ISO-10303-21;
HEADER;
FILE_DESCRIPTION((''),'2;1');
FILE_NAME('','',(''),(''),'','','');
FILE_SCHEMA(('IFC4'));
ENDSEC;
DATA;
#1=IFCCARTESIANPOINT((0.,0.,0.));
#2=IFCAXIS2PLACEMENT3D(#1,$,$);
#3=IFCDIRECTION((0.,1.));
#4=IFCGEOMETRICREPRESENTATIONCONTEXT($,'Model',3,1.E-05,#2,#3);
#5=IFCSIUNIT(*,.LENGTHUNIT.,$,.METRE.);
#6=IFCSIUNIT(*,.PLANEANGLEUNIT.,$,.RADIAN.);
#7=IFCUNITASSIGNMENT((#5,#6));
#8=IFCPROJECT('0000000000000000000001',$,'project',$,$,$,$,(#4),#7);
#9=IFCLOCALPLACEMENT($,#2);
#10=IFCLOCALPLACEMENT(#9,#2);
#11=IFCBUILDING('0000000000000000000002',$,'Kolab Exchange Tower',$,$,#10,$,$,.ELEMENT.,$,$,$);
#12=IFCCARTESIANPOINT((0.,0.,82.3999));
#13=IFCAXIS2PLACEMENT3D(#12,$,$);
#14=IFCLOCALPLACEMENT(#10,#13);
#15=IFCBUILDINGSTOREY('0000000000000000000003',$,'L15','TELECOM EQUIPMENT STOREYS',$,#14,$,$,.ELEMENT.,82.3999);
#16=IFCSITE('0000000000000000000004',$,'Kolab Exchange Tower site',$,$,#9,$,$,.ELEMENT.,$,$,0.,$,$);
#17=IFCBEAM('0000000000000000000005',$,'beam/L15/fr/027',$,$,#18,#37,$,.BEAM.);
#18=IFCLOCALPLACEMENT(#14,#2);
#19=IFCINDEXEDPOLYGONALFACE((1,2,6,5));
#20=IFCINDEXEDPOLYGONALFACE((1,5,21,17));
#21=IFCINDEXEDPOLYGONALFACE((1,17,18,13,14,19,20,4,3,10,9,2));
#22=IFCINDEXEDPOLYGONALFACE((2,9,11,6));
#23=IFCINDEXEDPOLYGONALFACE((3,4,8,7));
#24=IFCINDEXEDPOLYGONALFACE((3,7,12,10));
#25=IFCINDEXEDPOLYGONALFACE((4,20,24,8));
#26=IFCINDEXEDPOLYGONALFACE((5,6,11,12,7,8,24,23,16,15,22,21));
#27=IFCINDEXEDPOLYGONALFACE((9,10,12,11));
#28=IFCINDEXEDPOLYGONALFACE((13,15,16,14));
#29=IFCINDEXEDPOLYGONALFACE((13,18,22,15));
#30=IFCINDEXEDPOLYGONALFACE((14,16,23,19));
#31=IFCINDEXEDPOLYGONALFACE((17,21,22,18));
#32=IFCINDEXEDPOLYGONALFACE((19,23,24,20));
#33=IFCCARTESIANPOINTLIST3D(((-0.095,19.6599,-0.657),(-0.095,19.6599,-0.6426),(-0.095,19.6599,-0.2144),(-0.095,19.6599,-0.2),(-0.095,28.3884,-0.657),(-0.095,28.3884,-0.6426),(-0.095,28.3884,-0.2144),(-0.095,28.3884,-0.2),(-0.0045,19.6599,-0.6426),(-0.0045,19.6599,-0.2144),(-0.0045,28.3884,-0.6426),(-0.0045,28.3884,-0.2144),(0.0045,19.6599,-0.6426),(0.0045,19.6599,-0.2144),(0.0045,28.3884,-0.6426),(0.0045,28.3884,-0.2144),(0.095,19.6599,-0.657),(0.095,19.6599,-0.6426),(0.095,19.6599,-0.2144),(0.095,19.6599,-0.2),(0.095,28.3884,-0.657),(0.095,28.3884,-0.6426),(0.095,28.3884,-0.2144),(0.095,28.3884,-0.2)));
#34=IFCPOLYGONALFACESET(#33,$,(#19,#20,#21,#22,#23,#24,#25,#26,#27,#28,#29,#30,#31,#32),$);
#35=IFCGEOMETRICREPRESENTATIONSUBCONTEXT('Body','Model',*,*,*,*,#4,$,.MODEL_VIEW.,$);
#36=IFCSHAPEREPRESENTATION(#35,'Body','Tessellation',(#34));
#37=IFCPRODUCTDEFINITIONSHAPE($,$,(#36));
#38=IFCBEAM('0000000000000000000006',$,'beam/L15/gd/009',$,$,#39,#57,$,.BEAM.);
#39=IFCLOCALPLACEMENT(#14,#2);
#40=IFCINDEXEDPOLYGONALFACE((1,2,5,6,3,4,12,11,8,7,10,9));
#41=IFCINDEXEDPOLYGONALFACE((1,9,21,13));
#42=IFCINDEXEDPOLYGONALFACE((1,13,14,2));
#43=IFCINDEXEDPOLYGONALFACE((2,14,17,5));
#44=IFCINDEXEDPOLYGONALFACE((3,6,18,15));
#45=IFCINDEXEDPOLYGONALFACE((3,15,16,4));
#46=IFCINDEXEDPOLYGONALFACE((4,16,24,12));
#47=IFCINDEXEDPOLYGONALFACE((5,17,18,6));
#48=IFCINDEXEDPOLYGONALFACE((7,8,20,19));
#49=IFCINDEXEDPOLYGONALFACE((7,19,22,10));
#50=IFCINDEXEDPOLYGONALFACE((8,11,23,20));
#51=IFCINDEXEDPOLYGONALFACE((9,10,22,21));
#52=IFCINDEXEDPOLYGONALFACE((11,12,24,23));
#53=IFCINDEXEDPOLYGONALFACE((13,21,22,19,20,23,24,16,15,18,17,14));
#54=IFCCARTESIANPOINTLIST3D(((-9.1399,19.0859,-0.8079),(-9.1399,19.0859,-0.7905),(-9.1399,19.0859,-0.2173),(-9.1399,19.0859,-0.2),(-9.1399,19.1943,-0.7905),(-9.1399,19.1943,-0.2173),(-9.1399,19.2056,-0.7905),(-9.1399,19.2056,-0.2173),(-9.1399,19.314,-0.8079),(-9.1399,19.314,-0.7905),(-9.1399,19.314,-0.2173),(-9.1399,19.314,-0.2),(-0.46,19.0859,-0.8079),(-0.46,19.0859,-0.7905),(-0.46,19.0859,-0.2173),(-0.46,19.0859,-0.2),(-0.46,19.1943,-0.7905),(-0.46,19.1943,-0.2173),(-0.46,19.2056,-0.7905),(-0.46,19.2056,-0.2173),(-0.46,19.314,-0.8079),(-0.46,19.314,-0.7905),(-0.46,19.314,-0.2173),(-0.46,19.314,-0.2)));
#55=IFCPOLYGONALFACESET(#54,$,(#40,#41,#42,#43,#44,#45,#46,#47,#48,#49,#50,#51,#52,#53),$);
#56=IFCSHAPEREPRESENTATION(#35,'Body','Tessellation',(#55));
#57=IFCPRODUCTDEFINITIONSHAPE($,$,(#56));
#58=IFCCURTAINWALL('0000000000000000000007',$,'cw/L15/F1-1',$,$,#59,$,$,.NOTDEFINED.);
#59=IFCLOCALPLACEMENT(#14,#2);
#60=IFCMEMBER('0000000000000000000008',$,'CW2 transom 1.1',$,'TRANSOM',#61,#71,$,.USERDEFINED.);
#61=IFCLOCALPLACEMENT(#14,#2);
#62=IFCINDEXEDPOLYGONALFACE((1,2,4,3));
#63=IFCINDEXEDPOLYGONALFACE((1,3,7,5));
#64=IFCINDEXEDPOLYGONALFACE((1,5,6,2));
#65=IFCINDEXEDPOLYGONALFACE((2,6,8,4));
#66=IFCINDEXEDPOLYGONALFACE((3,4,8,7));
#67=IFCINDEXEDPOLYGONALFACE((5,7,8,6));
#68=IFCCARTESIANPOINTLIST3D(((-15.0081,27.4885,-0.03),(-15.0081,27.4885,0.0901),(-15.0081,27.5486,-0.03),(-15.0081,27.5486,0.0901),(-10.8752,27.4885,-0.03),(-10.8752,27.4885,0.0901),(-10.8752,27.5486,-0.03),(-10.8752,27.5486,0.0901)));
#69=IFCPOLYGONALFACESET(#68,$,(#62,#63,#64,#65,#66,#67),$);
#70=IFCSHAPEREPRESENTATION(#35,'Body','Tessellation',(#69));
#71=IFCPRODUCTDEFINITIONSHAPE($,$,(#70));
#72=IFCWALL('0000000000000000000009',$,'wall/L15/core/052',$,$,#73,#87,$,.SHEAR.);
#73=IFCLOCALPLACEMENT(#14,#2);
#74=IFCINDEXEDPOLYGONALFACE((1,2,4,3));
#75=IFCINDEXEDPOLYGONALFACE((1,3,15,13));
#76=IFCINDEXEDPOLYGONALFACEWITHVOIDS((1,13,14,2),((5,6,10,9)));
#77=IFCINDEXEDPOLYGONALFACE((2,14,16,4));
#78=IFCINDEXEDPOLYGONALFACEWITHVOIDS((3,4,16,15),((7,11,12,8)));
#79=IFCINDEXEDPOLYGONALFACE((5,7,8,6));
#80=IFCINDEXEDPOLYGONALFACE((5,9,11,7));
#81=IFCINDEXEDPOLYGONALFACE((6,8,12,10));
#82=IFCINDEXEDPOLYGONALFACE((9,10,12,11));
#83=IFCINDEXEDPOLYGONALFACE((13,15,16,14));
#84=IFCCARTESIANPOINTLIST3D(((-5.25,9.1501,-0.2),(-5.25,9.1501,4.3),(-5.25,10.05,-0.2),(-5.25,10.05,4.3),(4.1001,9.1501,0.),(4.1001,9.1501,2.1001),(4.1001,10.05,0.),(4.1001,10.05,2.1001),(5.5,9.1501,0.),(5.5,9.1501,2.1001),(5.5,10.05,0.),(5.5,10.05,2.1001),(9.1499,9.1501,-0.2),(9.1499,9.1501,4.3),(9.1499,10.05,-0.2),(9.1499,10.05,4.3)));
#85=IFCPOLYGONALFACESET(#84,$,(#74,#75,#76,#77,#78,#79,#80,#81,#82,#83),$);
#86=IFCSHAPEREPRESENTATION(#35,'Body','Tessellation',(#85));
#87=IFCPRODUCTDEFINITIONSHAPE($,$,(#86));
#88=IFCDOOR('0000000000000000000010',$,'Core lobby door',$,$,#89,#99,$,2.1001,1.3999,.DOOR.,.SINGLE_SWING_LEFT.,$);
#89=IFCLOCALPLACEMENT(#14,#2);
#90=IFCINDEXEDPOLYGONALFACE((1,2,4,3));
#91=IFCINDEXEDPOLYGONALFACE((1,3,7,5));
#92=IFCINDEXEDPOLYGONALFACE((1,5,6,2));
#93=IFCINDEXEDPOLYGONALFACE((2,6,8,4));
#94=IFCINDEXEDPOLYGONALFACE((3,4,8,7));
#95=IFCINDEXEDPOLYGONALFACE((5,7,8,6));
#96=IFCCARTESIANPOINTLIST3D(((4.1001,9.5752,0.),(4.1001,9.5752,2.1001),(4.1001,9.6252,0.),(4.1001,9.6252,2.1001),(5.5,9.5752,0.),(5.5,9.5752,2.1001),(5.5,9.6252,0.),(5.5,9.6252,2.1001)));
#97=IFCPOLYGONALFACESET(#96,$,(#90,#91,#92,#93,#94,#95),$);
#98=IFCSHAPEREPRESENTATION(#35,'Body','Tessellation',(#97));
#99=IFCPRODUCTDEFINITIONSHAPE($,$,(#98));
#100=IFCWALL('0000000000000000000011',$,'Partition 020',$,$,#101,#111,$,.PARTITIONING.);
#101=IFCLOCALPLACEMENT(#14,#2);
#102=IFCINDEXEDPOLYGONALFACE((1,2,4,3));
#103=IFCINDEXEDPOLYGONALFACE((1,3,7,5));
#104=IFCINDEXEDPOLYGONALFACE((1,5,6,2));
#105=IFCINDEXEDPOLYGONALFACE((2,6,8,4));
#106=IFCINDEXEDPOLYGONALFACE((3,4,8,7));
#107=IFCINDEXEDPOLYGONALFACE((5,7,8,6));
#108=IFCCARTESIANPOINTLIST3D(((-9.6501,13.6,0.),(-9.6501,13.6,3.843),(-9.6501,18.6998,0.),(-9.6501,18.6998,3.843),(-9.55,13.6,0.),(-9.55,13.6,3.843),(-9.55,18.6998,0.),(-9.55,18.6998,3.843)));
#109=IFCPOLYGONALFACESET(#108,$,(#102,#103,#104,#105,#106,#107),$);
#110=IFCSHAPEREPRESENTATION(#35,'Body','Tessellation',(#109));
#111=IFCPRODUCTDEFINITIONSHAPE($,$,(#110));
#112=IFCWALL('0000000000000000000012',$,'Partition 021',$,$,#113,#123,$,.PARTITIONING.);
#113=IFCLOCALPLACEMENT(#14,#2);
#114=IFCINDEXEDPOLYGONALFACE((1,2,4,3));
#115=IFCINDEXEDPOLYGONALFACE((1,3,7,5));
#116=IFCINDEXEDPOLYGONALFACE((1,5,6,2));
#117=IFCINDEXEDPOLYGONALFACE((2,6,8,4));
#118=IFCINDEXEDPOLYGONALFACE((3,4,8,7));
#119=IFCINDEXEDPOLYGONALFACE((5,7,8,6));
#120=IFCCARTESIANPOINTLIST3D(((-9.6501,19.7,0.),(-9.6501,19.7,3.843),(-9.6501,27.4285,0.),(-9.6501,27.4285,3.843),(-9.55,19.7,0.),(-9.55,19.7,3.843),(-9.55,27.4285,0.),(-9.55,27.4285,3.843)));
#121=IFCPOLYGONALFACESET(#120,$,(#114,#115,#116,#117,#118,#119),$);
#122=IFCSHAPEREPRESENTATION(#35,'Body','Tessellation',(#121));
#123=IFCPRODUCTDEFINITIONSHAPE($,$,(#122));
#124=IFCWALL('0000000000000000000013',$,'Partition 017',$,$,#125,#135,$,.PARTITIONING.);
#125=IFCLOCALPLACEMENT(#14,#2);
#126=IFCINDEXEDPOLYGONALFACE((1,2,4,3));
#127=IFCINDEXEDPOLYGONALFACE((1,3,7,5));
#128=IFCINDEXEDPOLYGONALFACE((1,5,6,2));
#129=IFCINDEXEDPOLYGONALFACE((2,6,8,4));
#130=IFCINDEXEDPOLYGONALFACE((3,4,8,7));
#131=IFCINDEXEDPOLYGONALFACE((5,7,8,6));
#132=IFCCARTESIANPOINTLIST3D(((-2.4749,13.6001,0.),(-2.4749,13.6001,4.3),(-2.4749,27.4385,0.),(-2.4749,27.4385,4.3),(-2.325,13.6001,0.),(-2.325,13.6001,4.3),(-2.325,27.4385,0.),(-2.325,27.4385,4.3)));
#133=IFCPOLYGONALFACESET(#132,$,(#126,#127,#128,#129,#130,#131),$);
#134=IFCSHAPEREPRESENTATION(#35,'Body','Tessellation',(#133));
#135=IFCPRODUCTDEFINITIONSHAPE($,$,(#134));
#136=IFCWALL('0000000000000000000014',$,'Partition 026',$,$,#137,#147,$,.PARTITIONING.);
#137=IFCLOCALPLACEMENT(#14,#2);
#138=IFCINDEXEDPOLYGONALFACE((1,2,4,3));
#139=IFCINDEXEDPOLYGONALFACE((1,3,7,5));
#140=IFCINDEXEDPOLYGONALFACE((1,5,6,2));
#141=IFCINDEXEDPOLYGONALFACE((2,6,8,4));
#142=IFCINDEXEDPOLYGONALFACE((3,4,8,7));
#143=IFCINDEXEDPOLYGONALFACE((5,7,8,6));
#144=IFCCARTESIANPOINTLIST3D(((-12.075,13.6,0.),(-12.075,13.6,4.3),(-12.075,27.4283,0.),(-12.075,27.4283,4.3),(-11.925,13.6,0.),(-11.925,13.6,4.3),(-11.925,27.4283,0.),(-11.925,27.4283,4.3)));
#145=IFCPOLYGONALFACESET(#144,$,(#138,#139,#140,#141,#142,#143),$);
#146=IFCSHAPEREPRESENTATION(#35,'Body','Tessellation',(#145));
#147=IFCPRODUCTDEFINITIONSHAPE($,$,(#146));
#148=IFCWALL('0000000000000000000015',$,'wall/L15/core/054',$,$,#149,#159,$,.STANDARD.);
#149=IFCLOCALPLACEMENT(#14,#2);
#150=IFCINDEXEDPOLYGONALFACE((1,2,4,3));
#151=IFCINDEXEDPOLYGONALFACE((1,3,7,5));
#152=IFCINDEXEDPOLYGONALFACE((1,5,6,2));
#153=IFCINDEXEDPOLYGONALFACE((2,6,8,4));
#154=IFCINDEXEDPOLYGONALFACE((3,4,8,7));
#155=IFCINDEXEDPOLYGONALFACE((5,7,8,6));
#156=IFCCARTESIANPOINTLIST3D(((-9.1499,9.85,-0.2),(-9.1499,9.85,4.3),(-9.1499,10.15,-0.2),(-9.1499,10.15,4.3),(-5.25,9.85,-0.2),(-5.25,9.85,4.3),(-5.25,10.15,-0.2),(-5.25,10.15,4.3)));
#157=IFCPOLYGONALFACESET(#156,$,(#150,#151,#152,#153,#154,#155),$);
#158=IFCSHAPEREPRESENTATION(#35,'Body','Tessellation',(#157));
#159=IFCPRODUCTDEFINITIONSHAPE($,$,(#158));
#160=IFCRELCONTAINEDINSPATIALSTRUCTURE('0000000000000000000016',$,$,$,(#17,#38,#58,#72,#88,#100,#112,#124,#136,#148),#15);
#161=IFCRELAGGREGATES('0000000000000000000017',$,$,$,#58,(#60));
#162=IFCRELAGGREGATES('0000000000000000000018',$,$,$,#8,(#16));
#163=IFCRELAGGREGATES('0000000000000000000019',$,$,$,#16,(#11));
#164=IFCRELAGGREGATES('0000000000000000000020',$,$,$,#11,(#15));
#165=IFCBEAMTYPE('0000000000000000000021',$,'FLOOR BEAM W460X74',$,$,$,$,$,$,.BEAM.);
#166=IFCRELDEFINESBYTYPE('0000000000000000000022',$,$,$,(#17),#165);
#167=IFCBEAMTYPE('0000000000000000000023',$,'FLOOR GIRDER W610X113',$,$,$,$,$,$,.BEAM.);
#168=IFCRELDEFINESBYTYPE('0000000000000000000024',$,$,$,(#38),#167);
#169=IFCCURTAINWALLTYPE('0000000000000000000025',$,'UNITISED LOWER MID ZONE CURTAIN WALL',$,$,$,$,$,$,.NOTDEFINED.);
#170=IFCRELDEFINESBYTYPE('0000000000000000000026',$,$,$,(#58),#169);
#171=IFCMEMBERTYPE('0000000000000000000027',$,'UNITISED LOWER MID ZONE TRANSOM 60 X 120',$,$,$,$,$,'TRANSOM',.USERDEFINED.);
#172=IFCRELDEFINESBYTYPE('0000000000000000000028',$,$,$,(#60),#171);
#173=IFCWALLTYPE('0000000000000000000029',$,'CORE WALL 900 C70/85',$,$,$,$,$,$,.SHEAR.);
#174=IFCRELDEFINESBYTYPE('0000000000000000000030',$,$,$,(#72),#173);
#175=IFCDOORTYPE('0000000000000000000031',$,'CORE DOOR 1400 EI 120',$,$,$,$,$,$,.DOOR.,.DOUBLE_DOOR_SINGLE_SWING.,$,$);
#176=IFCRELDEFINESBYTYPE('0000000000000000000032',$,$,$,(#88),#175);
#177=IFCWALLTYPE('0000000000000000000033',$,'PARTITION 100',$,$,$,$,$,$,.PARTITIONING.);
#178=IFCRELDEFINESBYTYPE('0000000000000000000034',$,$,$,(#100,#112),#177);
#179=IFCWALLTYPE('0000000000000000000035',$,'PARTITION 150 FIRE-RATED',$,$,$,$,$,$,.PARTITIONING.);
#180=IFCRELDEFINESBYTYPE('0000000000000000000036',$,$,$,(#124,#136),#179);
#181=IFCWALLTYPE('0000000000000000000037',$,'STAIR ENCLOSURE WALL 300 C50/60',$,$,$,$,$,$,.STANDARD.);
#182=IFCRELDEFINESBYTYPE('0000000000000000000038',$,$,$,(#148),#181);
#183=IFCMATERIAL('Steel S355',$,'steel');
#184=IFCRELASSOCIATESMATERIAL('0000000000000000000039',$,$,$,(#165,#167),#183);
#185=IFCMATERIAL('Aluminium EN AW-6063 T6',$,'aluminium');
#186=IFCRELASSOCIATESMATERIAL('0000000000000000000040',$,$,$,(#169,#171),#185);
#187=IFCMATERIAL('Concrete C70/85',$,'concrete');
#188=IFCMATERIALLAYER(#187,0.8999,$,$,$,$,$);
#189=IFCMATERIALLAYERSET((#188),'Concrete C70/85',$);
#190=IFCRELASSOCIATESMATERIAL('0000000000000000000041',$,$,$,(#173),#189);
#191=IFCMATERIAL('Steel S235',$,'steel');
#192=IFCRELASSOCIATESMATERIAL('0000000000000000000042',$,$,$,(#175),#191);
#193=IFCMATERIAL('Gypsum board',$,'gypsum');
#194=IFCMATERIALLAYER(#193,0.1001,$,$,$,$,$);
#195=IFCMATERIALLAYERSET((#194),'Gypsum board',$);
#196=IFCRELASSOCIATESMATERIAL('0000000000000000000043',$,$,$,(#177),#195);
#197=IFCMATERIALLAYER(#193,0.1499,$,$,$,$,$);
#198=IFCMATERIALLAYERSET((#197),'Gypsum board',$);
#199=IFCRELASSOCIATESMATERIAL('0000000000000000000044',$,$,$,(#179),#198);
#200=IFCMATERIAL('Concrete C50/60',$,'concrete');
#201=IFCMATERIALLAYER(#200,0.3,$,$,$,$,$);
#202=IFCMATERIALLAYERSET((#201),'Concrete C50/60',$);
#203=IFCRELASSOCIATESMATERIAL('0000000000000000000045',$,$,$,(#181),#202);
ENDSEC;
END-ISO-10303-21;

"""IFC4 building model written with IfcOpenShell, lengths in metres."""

from ifc_helpers import new_model, si_unit, direction, frame, frame_2d, origin, origin_2d, place, context, subcontext, project, spatial, rectangle, i_section, extrude, material, layer, layer_set, material_profile, profile_set, type_object, element, fill, aggregate, save


model = new_model("IFC4")

# Units and contexts
model_context = context("Model", 3, precision=1e-05, world=origin(), true_north=direction((0.0, 1.0)))
body_context = subcontext(model_context, "Body", "Model", "MODEL_VIEW")
ifc_project = project(units=[si_unit("LENGTHUNIT", "METRE"), si_unit("PLANEANGLEUNIT", "RADIAN")], contexts=[model_context])

# Site, building, storey
site_placement = place(None, origin())
site = spatial("IfcSite", under=ifc_project, at=site_placement, Name="Kolab Exchange Tower site", CompositionType="ELEMENT", RefElevation=0.0)
building_placement = place(site_placement, origin())
building = spatial("IfcBuilding", under=site, at=building_placement, Name="Kolab Exchange Tower", CompositionType="ELEMENT")
storey_placement = place(building_placement, frame((0.0, 0.0, 82.3999)))
storey = spatial("IfcBuildingStorey", under=building, at=storey_placement, Name="L15", Description="TELECOM EQUIPMENT STOREYS", CompositionType="ELEMENT", Elevation=82.3999)

# Shared definitions
ifc_material_1 = material(Name="Concrete C70/85", Category="concrete")

# Beams
ifc_material_2 = material(Name="Steel S355", Category="steel")
ifc_material_profile_1 = material_profile(ifc_material_2, i_section(OverallWidth=0.1899, OverallDepth=0.457, WebThickness=0.009, FlangeThickness=0.0144, at=origin_2d()), Name="W460X74")
ifc_profile_set_1 = profile_set([ifc_material_profile_1], Name="Steel S355")
beam_type_1 = type_object("IfcBeamType", Name="FLOOR BEAM W460X74", PredefinedType="BEAM", material=ifc_profile_set_1)
beam_1_placement = place(storey_placement, frame((0.0, 19.6599, -0.4285), z_axis=(0.0, 1.0, 0.0), x_axis=(-1.0, 0.0, 0.0)))
element("IfcBeam", 1, at=beam_1_placement, inside=storey, type_object=beam_type_1, Name="beam/L15/fr/027", PredefinedType="BEAM", context=body_context, shape_type="SweptSolid", body=[
    extrude(i_section(OverallWidth=0.1899, OverallDepth=0.457, WebThickness=0.009, FlangeThickness=0.0144, at=origin_2d()), origin(), (0.0, 0.0, 1.0), 8.7285),
])
ifc_material_profile_2 = material_profile(ifc_material_2, i_section(OverallWidth=0.228, OverallDepth=0.6079, WebThickness=0.0112, FlangeThickness=0.0173, at=origin_2d()), Name="W610X113")
ifc_profile_set_2 = profile_set([ifc_material_profile_2], Name="Steel S355")
beam_type_2 = type_object("IfcBeamType", Name="FLOOR GIRDER W610X113", PredefinedType="BEAM", material=ifc_profile_set_2)
beam_2_placement = place(storey_placement, frame((-9.1399, 19.2, -0.5039), z_axis=(1.0, 0.0, 0.0), x_axis=(0.0, 1.0, 0.0)))
element("IfcBeam", 2, at=beam_2_placement, inside=storey, type_object=beam_type_2, Name="beam/L15/gd/009", PredefinedType="BEAM", context=body_context, shape_type="SweptSolid", body=[
    extrude(i_section(OverallWidth=0.228, OverallDepth=0.6079, WebThickness=0.0112, FlangeThickness=0.0173, at=origin_2d()), origin(), (0.0, 0.0, 1.0), 8.6799),
])

# Curtain wall, member
ifc_material_3 = material(Name="Aluminium EN AW-6063 T6", Category="aluminium")
curtain_wall_type = type_object("IfcCurtainWallType", Name="UNITISED LOWER MID ZONE CURTAIN WALL", PredefinedType="NOTDEFINED", material=ifc_material_3)
curtain_wall_placement = place(storey_placement, origin())
curtain_wall = element("IfcCurtainWall", 3, at=curtain_wall_placement, inside=storey, type_object=curtain_wall_type, Name="cw/L15/F1-1", PredefinedType="NOTDEFINED")
ifc_material_profile_3 = material_profile(ifc_material_3, rectangle(XDim=0.0601, YDim=0.1201, at=origin_2d()), Name="RECT 60X120")
ifc_profile_set_3 = profile_set([ifc_material_profile_3], Name="Aluminium EN AW-6063 T6")
member_type = type_object("IfcMemberType", Name="UNITISED LOWER MID ZONE TRANSOM 60 X 120", ElementType="TRANSOM", PredefinedType="USERDEFINED", material=ifc_profile_set_3)
member_placement = place(storey_placement, frame((-15.0081, 27.5186, 0.03), z_axis=(1.0, 0.0, 0.0), x_axis=(0.0, 1.0, 0.0)))
member = element("IfcMember", 4, at=member_placement, type_object=member_type, Name="CW2 transom 1.1", ObjectType="TRANSOM", PredefinedType="USERDEFINED", context=body_context, shape_type="SweptSolid", body=[
    extrude(rectangle(XDim=0.0601, YDim=0.1201, at=origin_2d()), origin(), (0.0, 0.0, 1.0), 4.1328),
])
aggregate(curtain_wall, [member])

# Wall, opening, door
ifc_layer_1 = layer(ifc_material_1, 0.8999)
ifc_layer_set_1 = layer_set([ifc_layer_1], Name="Concrete C70/85")
wall_type_1 = type_object("IfcWallType", Name="CORE WALL 900 C70/85", PredefinedType="SHEAR", material=ifc_layer_set_1)
wall_1_placement = place(storey_placement, frame((-5.25, 9.6001, -0.2), z_axis=(0.0, 0.0, 1.0), x_axis=(1.0, 0.0, 0.0)))
wall_1 = element("IfcWall", 5, at=wall_1_placement, inside=storey, type_object=wall_type_1, Name="wall/L15/core/052", PredefinedType="SHEAR", context=body_context, shape_type="SweptSolid", body=[
    extrude(rectangle(XDim=14.3999, YDim=0.8999, at=frame_2d((7.2, 0.0))), origin(), (0.0, 0.0, 1.0), 4.5),
])
opening_placement = place(wall_1_placement, frame((9.3501, 0.0, 0.2)))
opening = element("IfcOpeningElement", 6, at=opening_placement, cuts=wall_1, PredefinedType="OPENING", context=body_context, shape_type="SweptSolid", body=[
    extrude(rectangle(XDim=1.3999, YDim=2.1001, at=frame_2d((0.7, 1.05))), frame((0.0, 0.46, 0.0), z_axis=(0.0, -1.0, 0.0), x_axis=(1.0, 0.0, 0.0)), (0.0, 0.0, 1.0), 0.9199),
])
ifc_material_4 = material(Name="Steel S235", Category="steel")
door_type = type_object("IfcDoorType", Name="CORE DOOR 1400 EI 120", OperationType="DOUBLE_DOOR_SINGLE_SWING", PredefinedType="DOOR", material=ifc_material_4)
door_placement = place(opening_placement, frame((1.3999, 0.0, 0.0), z_axis=(0.0, 0.0, 1.0), x_axis=(-1.0, 0.0, 0.0)))
door = element("IfcDoor", 7, at=door_placement, inside=storey, type_object=door_type, Name="Core lobby door", OperationType="SINGLE_SWING_LEFT", OverallHeight=2.1001, OverallWidth=1.3999, PredefinedType="DOOR", context=body_context, shape_type="SweptSolid", body=[
    extrude(rectangle(XDim=1.3999, YDim=2.1001, at=frame_2d((0.7, 1.05))), frame((0.0, 0.0249, 0.0), z_axis=(0.0, -1.0, 0.0), x_axis=(1.0, 0.0, 0.0)), (0.0, 0.0, 1.0), 0.05),
])
fill(opening, door)

# Walls
ifc_material_5 = material(Name="Gypsum board", Category="gypsum")
ifc_layer_2 = layer(ifc_material_5, 0.1001)
ifc_layer_set_2 = layer_set([ifc_layer_2], Name="Gypsum board")
wall_type_2 = type_object("IfcWallType", Name="PARTITION 100", PredefinedType="PARTITIONING", material=ifc_layer_set_2)
wall_2_placement = place(storey_placement, frame((-9.6001, 13.6001, 0.0), z_axis=(0.0, 0.0, 1.0), x_axis=(0.0, 1.0, 0.0)))
element("IfcWall", 8, at=wall_2_placement, inside=storey, type_object=wall_type_2, Name="Partition 020", PredefinedType="PARTITIONING", context=body_context, shape_type="SweptSolid", body=[
    extrude(rectangle(XDim=5.0999, YDim=0.1001, at=frame_2d((2.5498, 0.0))), origin(), (0.0, 0.0, 1.0), 3.843),
])
wall_3_placement = place(storey_placement, frame((-9.6001, 19.7, 0.0), z_axis=(0.0, 0.0, 1.0), x_axis=(0.0, 1.0, 0.0)))
element("IfcWall", 9, at=wall_3_placement, inside=storey, type_object=wall_type_2, Name="Partition 021", PredefinedType="PARTITIONING", context=body_context, shape_type="SweptSolid", body=[
    extrude(rectangle(XDim=7.7285, YDim=0.1001, at=frame_2d((3.8643, 0.0))), origin(), (0.0, 0.0, 1.0), 3.843),
])
ifc_layer_3 = layer(ifc_material_5, 0.1499)
ifc_layer_set_3 = layer_set([ifc_layer_3], Name="Gypsum board")
wall_type_3 = type_object("IfcWallType", Name="PARTITION 150 FIRE-RATED", PredefinedType="PARTITIONING", material=ifc_layer_set_3)
wall_4_placement = place(storey_placement, frame((-2.3999, 13.6001, 0.0), z_axis=(0.0, 0.0, 1.0), x_axis=(0.0, 1.0, 0.0)))
element("IfcWall", 10, at=wall_4_placement, inside=storey, type_object=wall_type_3, Name="Partition 017", PredefinedType="PARTITIONING", context=body_context, shape_type="SweptSolid", body=[
    extrude(rectangle(XDim=13.8384, YDim=0.1499, at=frame_2d((6.9192, 0.0))), origin(), (0.0, 0.0, 1.0), 4.3),
])
wall_5_placement = place(storey_placement, frame((-12.0, 13.6001, 0.0), z_axis=(0.0, 0.0, 1.0), x_axis=(0.0, 1.0, 0.0)))
element("IfcWall", 11, at=wall_5_placement, inside=storey, type_object=wall_type_3, Name="Partition 026", PredefinedType="PARTITIONING", context=body_context, shape_type="SweptSolid", body=[
    extrude(rectangle(XDim=13.8284, YDim=0.1499, at=frame_2d((6.9141, 0.0))), origin(), (0.0, 0.0, 1.0), 4.3),
])
ifc_material_6 = material(Name="Concrete C50/60", Category="concrete")
ifc_layer_4 = layer(ifc_material_6, 0.3)
ifc_layer_set_4 = layer_set([ifc_layer_4], Name="Concrete C50/60")
wall_type_4 = type_object("IfcWallType", Name="STAIR ENCLOSURE WALL 300 C50/60", PredefinedType="STANDARD", material=ifc_layer_set_4)
wall_6_placement = place(storey_placement, frame((-9.1499, 10.0, -0.2), z_axis=(0.0, 0.0, 1.0), x_axis=(1.0, 0.0, 0.0)))
element("IfcWall", 12, at=wall_6_placement, inside=storey, type_object=wall_type_4, Name="wall/L15/core/054", PredefinedType="STANDARD", context=body_context, shape_type="SweptSolid", body=[
    extrude(rectangle(XDim=3.8999, YDim=0.3, at=frame_2d((1.95, 0.0))), origin(), (0.0, 0.0, 1.0), 4.5),
])

save(model, "model.ifc")
